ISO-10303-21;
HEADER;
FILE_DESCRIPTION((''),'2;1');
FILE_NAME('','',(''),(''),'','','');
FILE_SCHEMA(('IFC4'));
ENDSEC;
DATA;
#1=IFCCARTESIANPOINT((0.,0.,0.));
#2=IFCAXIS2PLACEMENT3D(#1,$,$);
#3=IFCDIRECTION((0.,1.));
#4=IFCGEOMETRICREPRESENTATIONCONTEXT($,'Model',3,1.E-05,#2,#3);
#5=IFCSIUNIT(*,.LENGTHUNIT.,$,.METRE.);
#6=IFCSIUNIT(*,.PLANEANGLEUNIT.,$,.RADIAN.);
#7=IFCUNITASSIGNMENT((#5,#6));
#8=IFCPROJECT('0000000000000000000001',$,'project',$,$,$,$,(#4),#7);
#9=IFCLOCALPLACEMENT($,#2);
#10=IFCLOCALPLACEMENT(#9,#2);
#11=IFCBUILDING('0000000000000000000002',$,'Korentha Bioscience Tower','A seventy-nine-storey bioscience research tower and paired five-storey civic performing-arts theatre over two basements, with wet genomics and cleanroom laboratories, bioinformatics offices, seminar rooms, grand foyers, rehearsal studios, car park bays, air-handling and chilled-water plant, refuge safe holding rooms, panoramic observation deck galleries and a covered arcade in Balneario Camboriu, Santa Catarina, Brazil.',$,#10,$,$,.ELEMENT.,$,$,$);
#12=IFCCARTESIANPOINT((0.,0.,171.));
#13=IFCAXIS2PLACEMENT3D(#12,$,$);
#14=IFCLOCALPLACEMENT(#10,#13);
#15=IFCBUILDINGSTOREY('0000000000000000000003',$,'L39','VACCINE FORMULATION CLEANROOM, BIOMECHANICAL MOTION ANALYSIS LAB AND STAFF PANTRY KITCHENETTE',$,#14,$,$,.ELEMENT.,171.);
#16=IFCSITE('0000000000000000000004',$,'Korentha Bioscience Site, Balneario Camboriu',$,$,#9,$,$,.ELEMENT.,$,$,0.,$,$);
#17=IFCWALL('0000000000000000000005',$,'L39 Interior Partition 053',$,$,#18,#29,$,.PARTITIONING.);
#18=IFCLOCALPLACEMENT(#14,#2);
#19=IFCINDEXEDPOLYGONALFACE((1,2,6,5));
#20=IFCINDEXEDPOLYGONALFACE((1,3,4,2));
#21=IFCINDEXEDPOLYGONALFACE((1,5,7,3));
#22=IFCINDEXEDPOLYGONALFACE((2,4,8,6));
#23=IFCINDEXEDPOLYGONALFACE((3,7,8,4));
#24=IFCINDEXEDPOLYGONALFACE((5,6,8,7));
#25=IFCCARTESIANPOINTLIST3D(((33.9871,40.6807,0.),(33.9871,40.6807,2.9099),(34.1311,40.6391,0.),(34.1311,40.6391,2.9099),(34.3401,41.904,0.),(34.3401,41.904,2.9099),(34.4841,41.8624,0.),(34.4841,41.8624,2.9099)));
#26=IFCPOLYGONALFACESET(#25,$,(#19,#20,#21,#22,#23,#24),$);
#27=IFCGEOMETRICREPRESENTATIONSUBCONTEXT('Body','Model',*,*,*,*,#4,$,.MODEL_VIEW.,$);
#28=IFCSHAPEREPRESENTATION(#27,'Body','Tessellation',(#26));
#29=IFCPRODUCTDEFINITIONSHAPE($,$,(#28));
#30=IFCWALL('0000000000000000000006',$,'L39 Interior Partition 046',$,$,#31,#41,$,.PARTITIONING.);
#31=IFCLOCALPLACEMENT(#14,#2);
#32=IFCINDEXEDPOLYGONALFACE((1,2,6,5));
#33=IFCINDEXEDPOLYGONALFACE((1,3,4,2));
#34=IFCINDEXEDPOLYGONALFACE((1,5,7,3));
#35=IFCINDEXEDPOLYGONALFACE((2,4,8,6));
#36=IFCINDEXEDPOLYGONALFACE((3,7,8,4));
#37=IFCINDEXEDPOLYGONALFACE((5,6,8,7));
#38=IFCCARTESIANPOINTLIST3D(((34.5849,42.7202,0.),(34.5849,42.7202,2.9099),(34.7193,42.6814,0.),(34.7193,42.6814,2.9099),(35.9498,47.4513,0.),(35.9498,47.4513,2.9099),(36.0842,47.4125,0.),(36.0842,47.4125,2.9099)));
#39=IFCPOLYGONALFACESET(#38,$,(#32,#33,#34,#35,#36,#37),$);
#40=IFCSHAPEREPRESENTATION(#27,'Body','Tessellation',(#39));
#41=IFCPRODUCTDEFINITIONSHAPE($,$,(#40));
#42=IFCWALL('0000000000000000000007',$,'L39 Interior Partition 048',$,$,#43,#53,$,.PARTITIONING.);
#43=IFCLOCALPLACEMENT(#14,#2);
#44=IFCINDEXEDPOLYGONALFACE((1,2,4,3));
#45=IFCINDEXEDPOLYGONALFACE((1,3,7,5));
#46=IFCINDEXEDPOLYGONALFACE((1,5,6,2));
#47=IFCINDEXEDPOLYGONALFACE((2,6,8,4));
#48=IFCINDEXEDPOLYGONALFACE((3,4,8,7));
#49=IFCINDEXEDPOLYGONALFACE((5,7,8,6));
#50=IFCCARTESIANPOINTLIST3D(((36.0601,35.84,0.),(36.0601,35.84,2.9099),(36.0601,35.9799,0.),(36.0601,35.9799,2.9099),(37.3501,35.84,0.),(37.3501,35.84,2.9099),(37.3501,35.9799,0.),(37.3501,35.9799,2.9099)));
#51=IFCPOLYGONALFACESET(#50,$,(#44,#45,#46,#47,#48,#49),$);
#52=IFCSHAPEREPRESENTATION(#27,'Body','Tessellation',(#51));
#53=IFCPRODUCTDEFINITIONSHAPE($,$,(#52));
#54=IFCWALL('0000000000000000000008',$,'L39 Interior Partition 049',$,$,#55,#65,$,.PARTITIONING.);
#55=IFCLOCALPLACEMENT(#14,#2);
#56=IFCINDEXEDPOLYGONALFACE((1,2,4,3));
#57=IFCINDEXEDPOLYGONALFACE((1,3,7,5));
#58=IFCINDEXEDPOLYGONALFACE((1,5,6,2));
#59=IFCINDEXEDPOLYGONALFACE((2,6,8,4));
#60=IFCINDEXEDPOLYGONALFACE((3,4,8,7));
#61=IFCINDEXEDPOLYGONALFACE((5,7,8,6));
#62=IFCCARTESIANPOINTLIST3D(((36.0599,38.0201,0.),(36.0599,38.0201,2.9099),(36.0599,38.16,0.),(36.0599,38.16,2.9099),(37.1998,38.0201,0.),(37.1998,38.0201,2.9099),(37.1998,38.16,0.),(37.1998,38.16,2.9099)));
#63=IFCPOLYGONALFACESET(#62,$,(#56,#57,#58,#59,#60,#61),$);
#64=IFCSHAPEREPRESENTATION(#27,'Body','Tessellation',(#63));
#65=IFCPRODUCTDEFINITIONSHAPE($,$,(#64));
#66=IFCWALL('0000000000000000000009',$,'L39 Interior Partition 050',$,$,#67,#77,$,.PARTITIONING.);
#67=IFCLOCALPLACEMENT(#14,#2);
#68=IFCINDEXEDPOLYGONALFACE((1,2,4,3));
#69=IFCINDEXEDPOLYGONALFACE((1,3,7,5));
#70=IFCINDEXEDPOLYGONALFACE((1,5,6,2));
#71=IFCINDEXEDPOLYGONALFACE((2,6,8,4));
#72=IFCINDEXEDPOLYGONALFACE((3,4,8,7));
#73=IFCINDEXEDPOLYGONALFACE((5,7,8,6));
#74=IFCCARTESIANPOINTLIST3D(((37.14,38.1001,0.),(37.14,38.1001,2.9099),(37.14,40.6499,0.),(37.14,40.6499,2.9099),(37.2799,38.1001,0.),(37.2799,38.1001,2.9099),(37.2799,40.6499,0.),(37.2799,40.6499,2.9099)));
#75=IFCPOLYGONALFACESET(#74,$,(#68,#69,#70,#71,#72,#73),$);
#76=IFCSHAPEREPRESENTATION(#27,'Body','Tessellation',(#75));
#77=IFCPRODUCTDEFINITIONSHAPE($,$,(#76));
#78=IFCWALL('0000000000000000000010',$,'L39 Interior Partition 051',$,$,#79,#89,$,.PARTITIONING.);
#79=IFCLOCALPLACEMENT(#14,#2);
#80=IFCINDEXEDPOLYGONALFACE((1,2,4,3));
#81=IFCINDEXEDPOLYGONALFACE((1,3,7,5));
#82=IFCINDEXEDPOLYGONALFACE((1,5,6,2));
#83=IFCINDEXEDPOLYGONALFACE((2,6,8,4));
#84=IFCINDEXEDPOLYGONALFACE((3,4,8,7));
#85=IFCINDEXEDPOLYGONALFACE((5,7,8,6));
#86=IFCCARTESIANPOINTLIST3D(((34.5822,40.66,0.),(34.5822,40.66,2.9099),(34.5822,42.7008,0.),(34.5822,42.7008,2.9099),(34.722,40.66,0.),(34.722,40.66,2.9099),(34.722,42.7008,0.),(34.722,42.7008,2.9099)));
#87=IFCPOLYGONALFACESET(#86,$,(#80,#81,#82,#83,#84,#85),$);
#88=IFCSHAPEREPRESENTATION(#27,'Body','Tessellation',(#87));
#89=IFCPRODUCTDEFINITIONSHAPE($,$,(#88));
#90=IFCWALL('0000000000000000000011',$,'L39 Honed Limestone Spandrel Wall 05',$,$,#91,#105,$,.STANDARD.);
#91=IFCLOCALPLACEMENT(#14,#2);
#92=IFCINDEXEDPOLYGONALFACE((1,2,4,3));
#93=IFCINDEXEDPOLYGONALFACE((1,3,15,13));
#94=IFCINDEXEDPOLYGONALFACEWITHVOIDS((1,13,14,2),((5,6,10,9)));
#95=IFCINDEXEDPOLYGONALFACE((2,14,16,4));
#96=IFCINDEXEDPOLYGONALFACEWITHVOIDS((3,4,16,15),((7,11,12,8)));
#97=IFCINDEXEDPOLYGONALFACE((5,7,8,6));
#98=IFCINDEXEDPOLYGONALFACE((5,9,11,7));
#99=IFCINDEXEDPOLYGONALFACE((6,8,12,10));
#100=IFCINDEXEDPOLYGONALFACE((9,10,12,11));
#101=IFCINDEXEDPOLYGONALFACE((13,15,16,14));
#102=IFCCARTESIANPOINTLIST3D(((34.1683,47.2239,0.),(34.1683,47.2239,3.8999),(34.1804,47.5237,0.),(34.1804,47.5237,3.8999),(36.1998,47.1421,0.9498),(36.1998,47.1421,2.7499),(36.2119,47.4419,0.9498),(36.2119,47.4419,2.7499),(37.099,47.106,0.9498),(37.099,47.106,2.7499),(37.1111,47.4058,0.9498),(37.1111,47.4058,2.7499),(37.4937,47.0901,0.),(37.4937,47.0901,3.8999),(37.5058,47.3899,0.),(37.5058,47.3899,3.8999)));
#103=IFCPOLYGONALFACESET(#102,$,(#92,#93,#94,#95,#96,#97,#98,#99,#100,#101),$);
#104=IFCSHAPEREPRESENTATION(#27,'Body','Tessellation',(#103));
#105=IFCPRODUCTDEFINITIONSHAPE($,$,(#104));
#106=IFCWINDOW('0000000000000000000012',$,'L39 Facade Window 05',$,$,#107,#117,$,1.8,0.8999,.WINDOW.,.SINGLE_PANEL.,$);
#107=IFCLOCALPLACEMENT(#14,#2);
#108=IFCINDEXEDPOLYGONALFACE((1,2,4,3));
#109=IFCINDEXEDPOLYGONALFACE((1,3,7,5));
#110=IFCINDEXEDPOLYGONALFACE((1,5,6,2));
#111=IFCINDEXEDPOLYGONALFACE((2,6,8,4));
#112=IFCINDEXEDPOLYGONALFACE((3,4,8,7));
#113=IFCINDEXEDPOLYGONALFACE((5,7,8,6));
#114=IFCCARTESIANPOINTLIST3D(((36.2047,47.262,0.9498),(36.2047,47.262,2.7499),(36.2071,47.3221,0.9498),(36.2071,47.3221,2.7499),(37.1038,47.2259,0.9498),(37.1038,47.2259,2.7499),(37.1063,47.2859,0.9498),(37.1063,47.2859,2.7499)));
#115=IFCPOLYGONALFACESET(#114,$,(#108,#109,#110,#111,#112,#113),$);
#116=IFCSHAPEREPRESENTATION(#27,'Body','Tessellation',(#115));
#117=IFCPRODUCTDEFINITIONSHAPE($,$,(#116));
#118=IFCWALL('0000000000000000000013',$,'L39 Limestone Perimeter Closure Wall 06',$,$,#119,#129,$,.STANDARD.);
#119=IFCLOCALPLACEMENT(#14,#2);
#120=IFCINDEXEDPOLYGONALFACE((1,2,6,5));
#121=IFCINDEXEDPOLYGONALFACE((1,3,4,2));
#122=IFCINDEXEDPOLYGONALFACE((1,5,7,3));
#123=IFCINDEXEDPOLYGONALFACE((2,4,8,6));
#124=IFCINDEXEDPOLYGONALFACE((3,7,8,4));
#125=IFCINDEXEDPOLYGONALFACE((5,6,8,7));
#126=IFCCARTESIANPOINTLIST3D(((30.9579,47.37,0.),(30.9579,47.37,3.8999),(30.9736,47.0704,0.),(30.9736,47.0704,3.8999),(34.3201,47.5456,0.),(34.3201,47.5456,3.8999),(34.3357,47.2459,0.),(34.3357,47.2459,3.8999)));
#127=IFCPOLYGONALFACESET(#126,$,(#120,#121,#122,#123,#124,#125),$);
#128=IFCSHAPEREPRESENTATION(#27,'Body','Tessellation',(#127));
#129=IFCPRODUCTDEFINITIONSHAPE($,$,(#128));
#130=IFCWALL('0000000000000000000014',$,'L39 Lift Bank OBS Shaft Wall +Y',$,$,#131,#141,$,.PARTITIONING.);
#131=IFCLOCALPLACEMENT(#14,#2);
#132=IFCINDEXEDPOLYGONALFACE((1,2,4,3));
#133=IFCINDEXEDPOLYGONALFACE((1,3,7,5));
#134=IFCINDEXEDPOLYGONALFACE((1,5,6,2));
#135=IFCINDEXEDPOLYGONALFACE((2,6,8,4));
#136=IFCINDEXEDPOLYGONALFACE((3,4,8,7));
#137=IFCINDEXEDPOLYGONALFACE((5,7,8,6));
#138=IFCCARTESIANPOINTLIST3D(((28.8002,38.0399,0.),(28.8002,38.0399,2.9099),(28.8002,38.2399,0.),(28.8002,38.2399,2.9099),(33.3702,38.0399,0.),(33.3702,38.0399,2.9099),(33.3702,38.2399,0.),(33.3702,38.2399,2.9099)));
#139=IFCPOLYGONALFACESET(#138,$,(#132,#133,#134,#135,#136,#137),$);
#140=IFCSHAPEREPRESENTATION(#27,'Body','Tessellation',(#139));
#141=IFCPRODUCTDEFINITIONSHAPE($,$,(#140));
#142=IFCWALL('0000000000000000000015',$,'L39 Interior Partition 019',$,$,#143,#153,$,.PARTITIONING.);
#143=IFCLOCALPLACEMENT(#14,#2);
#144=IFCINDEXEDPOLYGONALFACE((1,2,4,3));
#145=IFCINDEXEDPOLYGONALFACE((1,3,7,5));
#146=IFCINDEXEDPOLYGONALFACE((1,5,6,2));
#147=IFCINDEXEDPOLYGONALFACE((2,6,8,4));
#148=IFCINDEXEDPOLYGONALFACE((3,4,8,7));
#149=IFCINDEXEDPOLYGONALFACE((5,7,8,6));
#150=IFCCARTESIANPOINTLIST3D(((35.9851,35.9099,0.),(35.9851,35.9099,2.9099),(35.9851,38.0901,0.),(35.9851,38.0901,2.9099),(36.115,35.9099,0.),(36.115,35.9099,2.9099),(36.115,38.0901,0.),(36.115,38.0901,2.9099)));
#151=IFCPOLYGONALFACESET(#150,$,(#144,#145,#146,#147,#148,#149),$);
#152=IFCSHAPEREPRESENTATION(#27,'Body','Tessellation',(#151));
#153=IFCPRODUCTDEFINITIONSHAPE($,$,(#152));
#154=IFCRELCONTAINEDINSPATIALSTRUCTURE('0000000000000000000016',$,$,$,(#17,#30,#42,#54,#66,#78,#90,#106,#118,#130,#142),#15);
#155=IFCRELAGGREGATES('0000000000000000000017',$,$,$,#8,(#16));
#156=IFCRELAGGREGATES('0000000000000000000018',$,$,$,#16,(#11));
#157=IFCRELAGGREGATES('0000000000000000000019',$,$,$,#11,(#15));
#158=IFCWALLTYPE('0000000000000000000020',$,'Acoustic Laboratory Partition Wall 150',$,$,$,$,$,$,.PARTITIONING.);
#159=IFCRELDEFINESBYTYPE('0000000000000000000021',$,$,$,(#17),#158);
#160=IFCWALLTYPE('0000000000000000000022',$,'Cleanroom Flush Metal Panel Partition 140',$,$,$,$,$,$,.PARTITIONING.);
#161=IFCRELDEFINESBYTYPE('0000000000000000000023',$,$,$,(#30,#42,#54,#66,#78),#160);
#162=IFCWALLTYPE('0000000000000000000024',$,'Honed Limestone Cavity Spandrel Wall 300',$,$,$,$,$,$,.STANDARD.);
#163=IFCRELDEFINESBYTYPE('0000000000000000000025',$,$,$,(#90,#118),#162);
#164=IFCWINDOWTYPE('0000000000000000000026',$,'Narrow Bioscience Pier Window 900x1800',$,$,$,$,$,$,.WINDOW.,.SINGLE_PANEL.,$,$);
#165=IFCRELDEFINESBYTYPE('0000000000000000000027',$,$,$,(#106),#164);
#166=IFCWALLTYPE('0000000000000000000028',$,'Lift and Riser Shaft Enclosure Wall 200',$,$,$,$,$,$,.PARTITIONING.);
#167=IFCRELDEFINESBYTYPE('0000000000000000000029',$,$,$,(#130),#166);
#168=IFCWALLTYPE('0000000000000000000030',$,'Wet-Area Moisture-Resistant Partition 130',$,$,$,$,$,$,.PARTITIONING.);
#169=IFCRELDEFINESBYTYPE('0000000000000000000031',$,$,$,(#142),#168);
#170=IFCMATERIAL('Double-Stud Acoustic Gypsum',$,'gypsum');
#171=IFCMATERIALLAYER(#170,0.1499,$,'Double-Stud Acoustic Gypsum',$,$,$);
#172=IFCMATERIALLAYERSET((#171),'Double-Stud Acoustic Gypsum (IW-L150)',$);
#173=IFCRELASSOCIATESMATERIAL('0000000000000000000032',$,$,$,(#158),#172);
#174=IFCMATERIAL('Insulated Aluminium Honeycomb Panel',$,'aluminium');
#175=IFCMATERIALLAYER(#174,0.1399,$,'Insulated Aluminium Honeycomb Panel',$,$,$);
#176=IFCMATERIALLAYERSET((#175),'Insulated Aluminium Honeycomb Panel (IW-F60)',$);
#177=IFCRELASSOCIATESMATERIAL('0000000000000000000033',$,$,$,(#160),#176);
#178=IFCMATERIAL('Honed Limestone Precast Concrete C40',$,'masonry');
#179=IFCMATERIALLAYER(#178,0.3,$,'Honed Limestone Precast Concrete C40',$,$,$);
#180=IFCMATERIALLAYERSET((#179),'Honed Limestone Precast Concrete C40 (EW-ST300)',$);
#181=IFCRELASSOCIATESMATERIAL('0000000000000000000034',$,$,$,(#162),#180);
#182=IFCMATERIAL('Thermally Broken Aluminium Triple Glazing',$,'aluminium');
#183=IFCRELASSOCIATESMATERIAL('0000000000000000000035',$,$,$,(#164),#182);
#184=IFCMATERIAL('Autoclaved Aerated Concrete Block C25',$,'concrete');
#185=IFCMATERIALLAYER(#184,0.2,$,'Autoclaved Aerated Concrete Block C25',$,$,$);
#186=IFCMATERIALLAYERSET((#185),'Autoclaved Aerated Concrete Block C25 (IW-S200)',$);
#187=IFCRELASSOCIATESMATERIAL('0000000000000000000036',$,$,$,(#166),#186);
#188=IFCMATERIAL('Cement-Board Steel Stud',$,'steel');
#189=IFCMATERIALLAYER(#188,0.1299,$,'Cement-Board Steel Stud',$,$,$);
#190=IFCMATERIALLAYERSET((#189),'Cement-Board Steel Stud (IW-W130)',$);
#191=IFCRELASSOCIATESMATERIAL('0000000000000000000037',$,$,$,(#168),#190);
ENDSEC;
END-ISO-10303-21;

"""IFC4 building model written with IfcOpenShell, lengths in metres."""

from ifc_helpers import new_model, si_unit, direction, frame, frame_2d, origin, place, context, subcontext, project, spatial, rectangle, extrude, material, layer, layer_set, type_object, element, fill, save


model = new_model("IFC4")

# Units and contexts
model_context = context("Model", 3, precision=1e-05, world=origin(), true_north=direction((0.0, 1.0)))
body_context = subcontext(model_context, "Body", "Model", "MODEL_VIEW")
ifc_project = project(units=[si_unit("LENGTHUNIT", "METRE"), si_unit("PLANEANGLEUNIT", "RADIAN")], contexts=[model_context])

# Site, building, storey
site_placement = place(None, origin())
site = spatial("IfcSite", under=ifc_project, at=site_placement, Name="Korentha Bioscience Site, Balneario Camboriu", CompositionType="ELEMENT", RefElevation=0.0)
building_placement = place(site_placement, origin())
building = spatial("IfcBuilding", under=site, at=building_placement, Name="Korentha Bioscience Tower", Description="A seventy-nine-storey bioscience research tower and paired five-storey civic performing-arts theatre over two basements, with wet genomics and cleanroom laboratories, bioinformatics offices, seminar rooms, grand foyers, rehearsal studios, car park bays, air-handling and chilled-water plant, refuge safe holding rooms, panoramic observation deck galleries and a covered arcade in Balneario Camboriu, Santa Catarina, Brazil.", CompositionType="ELEMENT")
storey_placement = place(building_placement, frame((0.0, 0.0, 171.0)))
storey = spatial("IfcBuildingStorey", under=building, at=storey_placement, Name="L39", Description="VACCINE FORMULATION CLEANROOM, BIOMECHANICAL MOTION ANALYSIS LAB AND STAFF PANTRY KITCHENETTE", CompositionType="ELEMENT", Elevation=171.0)

# Shared definitions
ifc_material_1 = material(Name="Double-Stud Acoustic Gypsum", Category="gypsum")
ifc_layer_1 = layer(ifc_material_1, 0.1499, Name="Double-Stud Acoustic Gypsum")
ifc_layer_set_1 = layer_set([ifc_layer_1], Name="Double-Stud Acoustic Gypsum (IW-L150)")
wall_type_1 = type_object("IfcWallType", Name="Acoustic Laboratory Partition Wall 150", PredefinedType="PARTITIONING", material=ifc_layer_set_1)

# Wall
wall_1_placement = place(storey_placement, frame((34.4121, 41.8833, 0.0), z_axis=(0.0, 0.0, 1.0), x_axis=(-0.277253, -0.960797, 0.0)))
element("IfcWall", 1, at=wall_1_placement, inside=storey, type_object=wall_type_1, Name="L39 Interior Partition 053", PredefinedType="PARTITIONING", context=body_context, shape_type="SweptSolid", body=[
    extrude(rectangle(XDim=1.2732, YDim=0.1499, at=frame_2d((0.6367, 0.0))), origin(), (0.0, 0.0, 1.0), 2.9099),
])

# Shared definitions
ifc_material_2 = material(Name="Insulated Aluminium Honeycomb Panel", Category="aluminium")
ifc_layer_2 = layer(ifc_material_2, 0.1399, Name="Insulated Aluminium Honeycomb Panel")
ifc_layer_set_2 = layer_set([ifc_layer_2], Name="Insulated Aluminium Honeycomb Panel (IW-F60)")
wall_type_2 = type_object("IfcWallType", Name="Cleanroom Flush Metal Panel Partition 140", PredefinedType="PARTITIONING", material=ifc_layer_set_2)

# Walls
wall_2_placement = place(storey_placement, frame((34.6521, 42.7009, 0.0), z_axis=(0.0, 0.0, 1.0), x_axis=(0.277202, 0.960812, 0.0)))
element("IfcWall", 2, at=wall_2_placement, inside=storey, type_object=wall_type_2, Name="L39 Interior Partition 046", PredefinedType="PARTITIONING", context=body_context, shape_type="SweptSolid", body=[
    extrude(rectangle(XDim=4.9241, YDim=0.1399, at=frame_2d((2.4619, 0.0))), origin(), (0.0, 0.0, 1.0), 2.9099),
])
wall_3_placement = place(storey_placement, frame((37.3501, 35.9099, 0.0), z_axis=(0.0, 0.0, 1.0), x_axis=(-1.0, 0.0, 0.0)))
element("IfcWall", 3, at=wall_3_placement, inside=storey, type_object=wall_type_2, Name="L39 Interior Partition 048", PredefinedType="PARTITIONING", context=body_context, shape_type="SweptSolid", body=[
    extrude(rectangle(XDim=1.29, YDim=0.1399, at=frame_2d((0.645, 0.0))), origin(), (0.0, 0.0, 1.0), 2.9099),
])
wall_4_placement = place(storey_placement, frame((36.0601, 38.0901, 0.0), z_axis=(0.0, 0.0, 1.0), x_axis=(1.0, 0.0, 0.0)))
element("IfcWall", 4, at=wall_4_placement, inside=storey, type_object=wall_type_2, Name="L39 Interior Partition 049", PredefinedType="PARTITIONING", context=body_context, shape_type="SweptSolid", body=[
    extrude(rectangle(XDim=1.1399, YDim=0.1399, at=frame_2d((0.5698, 0.0))), origin(), (0.0, 0.0, 1.0), 2.9099),
])
wall_5_placement = place(storey_placement, frame((37.21, 38.1001, 0.0), z_axis=(0.0, 0.0, 1.0), x_axis=(0.0, 1.0, 0.0)))
element("IfcWall", 5, at=wall_5_placement, inside=storey, type_object=wall_type_2, Name="L39 Interior Partition 050", PredefinedType="PARTITIONING", context=body_context, shape_type="SweptSolid", body=[
    extrude(rectangle(XDim=2.5498, YDim=0.1399, at=frame_2d((1.2749, 0.0))), origin(), (0.0, 0.0, 1.0), 2.9099),
])
wall_6_placement = place(storey_placement, frame((34.6521, 40.6599, 0.0), z_axis=(0.0, 0.0, 1.0), x_axis=(0.0, 1.0, 0.0)))
element("IfcWall", 6, at=wall_6_placement, inside=storey, type_object=wall_type_2, Name="L39 Interior Partition 051", PredefinedType="PARTITIONING", context=body_context, shape_type="SweptSolid", body=[
    extrude(rectangle(XDim=2.0408, YDim=0.1399, at=frame_2d((1.0205, 0.0))), origin(), (0.0, 0.0, 1.0), 2.9099),
])

# Wall, opening, window
ifc_material_3 = material(Name="Honed Limestone Precast Concrete C40", Category="masonry")
ifc_layer_3 = layer(ifc_material_3, 0.3, Name="Honed Limestone Precast Concrete C40")
ifc_layer_set_3 = layer_set([ifc_layer_3], Name="Honed Limestone Precast Concrete C40 (EW-ST300)")
wall_type_3 = type_object("IfcWallType", Name="Honed Limestone Cavity Spandrel Wall 300", PredefinedType="STANDARD", material=ifc_layer_set_3)
wall_7_placement = place(storey_placement, frame((37.4998, 47.24, 0.0), z_axis=(0.0, 0.0, 1.0), x_axis=(-0.999192, 0.040199, 0.0)))
wall_7 = element("IfcWall", 7, at=wall_7_placement, inside=storey, type_object=wall_type_3, Name="L39 Honed Limestone Spandrel Wall 05", PredefinedType="STANDARD", context=body_context, shape_type="SweptSolid", body=[
    extrude(rectangle(XDim=3.3281, YDim=0.3, at=frame_2d((1.6641, 0.0))), origin(), (0.0, 0.0, 1.0), 3.8999),
])
opening_1_placement = place(wall_7_placement, frame((0.395, 0.0, 0.95)))
opening_1 = element("IfcOpeningElement", 8, at=opening_1_placement, cuts=wall_7, PredefinedType="OPENING", context=body_context, shape_type="SweptSolid", body=[
    extrude(rectangle(XDim=0.8999, YDim=1.8, at=frame_2d((0.45, 0.8999))), frame((0.0, 0.165, 0.0), z_axis=(0.0, -1.0, 0.0), x_axis=(1.0, 0.0, 0.0)), (0.0, 0.0, 1.0), 0.3298),
])
ifc_material_4 = material(Name="Thermally Broken Aluminium Triple Glazing", Category="aluminium")
window_type = type_object("IfcWindowType", Name="Narrow Bioscience Pier Window 900x1800", PartitioningType="SINGLE_PANEL", PredefinedType="WINDOW", material=ifc_material_4)
window_placement = place(opening_1_placement, origin())
window = element("IfcWindow", 9, at=window_placement, inside=storey, type_object=window_type, Name="L39 Facade Window 05", OverallHeight=1.8, OverallWidth=0.8999, PartitioningType="SINGLE_PANEL", PredefinedType="WINDOW", context=body_context, shape_type="SweptSolid", body=[
    extrude(rectangle(XDim=0.8999, YDim=1.8, at=frame_2d((0.45, 0.8999))), frame((0.0, 0.03, 0.0), z_axis=(0.0, -1.0, 0.0), x_axis=(1.0, 0.0, 0.0)), (0.0, 0.0, 1.0), 0.0601),
])
fill(opening_1, window)

# Walls
wall_8_placement = place(storey_placement, frame((34.3279, 47.3958, 0.0), z_axis=(0.0, 0.0, 1.0), x_axis=(-0.99864, -0.05214, 0.0)))
element("IfcWall", 10, at=wall_8_placement, inside=storey, type_object=wall_type_3, Name="L39 Limestone Perimeter Closure Wall 06", PredefinedType="STANDARD", context=body_context, shape_type="SweptSolid", body=[
    extrude(rectangle(XDim=3.3667, YDim=0.3, at=frame_2d((1.6833, 0.0))), origin(), (0.0, 0.0, 1.0), 3.8999),
])
ifc_material_5 = material(Name="Autoclaved Aerated Concrete Block C25", Category="concrete")
ifc_layer_4 = layer(ifc_material_5, 0.2, Name="Autoclaved Aerated Concrete Block C25")
ifc_layer_set_4 = layer_set([ifc_layer_4], Name="Autoclaved Aerated Concrete Block C25 (IW-S200)")
wall_type_4 = type_object("IfcWallType", Name="Lift and Riser Shaft Enclosure Wall 200", PredefinedType="PARTITIONING", material=ifc_layer_set_4)
wall_9_placement = place(storey_placement, frame((28.8, 38.1399, 0.0), z_axis=(0.0, 0.0, 1.0), x_axis=(1.0, 0.0, 0.0)))
element("IfcWall", 11, at=wall_9_placement, inside=storey, type_object=wall_type_4, Name="L39 Lift Bank OBS Shaft Wall +Y", PredefinedType="PARTITIONING", context=body_context, shape_type="SweptSolid", body=[
    extrude(rectangle(XDim=4.5701, YDim=0.2, at=frame_2d((2.2852, 0.0))), origin(), (0.0, 0.0, 1.0), 2.9099),
])

# Shared definitions
ifc_material_6 = material(Name="Cement-Board Steel Stud", Category="steel")
ifc_layer_5 = layer(ifc_material_6, 0.1299, Name="Cement-Board Steel Stud")
ifc_layer_set_5 = layer_set([ifc_layer_5], Name="Cement-Board Steel Stud (IW-W130)")
wall_type_5 = type_object("IfcWallType", Name="Wet-Area Moisture-Resistant Partition 130", PredefinedType="PARTITIONING", material=ifc_layer_set_5)

# Wall
wall_10_placement = place(storey_placement, frame((36.05, 38.0901, 0.0), z_axis=(0.0, 0.0, 1.0), x_axis=(0.0, -1.0, 0.0)))
element("IfcWall", 12, at=wall_10_placement, inside=storey, type_object=wall_type_5, Name="L39 Interior Partition 019", PredefinedType="PARTITIONING", context=body_context, shape_type="SweptSolid", body=[
    extrude(rectangle(XDim=2.1802, YDim=0.1299, at=frame_2d((1.0901, 0.0))), origin(), (0.0, 0.0, 1.0), 2.9099),
])

save(model, "model.ifc")
